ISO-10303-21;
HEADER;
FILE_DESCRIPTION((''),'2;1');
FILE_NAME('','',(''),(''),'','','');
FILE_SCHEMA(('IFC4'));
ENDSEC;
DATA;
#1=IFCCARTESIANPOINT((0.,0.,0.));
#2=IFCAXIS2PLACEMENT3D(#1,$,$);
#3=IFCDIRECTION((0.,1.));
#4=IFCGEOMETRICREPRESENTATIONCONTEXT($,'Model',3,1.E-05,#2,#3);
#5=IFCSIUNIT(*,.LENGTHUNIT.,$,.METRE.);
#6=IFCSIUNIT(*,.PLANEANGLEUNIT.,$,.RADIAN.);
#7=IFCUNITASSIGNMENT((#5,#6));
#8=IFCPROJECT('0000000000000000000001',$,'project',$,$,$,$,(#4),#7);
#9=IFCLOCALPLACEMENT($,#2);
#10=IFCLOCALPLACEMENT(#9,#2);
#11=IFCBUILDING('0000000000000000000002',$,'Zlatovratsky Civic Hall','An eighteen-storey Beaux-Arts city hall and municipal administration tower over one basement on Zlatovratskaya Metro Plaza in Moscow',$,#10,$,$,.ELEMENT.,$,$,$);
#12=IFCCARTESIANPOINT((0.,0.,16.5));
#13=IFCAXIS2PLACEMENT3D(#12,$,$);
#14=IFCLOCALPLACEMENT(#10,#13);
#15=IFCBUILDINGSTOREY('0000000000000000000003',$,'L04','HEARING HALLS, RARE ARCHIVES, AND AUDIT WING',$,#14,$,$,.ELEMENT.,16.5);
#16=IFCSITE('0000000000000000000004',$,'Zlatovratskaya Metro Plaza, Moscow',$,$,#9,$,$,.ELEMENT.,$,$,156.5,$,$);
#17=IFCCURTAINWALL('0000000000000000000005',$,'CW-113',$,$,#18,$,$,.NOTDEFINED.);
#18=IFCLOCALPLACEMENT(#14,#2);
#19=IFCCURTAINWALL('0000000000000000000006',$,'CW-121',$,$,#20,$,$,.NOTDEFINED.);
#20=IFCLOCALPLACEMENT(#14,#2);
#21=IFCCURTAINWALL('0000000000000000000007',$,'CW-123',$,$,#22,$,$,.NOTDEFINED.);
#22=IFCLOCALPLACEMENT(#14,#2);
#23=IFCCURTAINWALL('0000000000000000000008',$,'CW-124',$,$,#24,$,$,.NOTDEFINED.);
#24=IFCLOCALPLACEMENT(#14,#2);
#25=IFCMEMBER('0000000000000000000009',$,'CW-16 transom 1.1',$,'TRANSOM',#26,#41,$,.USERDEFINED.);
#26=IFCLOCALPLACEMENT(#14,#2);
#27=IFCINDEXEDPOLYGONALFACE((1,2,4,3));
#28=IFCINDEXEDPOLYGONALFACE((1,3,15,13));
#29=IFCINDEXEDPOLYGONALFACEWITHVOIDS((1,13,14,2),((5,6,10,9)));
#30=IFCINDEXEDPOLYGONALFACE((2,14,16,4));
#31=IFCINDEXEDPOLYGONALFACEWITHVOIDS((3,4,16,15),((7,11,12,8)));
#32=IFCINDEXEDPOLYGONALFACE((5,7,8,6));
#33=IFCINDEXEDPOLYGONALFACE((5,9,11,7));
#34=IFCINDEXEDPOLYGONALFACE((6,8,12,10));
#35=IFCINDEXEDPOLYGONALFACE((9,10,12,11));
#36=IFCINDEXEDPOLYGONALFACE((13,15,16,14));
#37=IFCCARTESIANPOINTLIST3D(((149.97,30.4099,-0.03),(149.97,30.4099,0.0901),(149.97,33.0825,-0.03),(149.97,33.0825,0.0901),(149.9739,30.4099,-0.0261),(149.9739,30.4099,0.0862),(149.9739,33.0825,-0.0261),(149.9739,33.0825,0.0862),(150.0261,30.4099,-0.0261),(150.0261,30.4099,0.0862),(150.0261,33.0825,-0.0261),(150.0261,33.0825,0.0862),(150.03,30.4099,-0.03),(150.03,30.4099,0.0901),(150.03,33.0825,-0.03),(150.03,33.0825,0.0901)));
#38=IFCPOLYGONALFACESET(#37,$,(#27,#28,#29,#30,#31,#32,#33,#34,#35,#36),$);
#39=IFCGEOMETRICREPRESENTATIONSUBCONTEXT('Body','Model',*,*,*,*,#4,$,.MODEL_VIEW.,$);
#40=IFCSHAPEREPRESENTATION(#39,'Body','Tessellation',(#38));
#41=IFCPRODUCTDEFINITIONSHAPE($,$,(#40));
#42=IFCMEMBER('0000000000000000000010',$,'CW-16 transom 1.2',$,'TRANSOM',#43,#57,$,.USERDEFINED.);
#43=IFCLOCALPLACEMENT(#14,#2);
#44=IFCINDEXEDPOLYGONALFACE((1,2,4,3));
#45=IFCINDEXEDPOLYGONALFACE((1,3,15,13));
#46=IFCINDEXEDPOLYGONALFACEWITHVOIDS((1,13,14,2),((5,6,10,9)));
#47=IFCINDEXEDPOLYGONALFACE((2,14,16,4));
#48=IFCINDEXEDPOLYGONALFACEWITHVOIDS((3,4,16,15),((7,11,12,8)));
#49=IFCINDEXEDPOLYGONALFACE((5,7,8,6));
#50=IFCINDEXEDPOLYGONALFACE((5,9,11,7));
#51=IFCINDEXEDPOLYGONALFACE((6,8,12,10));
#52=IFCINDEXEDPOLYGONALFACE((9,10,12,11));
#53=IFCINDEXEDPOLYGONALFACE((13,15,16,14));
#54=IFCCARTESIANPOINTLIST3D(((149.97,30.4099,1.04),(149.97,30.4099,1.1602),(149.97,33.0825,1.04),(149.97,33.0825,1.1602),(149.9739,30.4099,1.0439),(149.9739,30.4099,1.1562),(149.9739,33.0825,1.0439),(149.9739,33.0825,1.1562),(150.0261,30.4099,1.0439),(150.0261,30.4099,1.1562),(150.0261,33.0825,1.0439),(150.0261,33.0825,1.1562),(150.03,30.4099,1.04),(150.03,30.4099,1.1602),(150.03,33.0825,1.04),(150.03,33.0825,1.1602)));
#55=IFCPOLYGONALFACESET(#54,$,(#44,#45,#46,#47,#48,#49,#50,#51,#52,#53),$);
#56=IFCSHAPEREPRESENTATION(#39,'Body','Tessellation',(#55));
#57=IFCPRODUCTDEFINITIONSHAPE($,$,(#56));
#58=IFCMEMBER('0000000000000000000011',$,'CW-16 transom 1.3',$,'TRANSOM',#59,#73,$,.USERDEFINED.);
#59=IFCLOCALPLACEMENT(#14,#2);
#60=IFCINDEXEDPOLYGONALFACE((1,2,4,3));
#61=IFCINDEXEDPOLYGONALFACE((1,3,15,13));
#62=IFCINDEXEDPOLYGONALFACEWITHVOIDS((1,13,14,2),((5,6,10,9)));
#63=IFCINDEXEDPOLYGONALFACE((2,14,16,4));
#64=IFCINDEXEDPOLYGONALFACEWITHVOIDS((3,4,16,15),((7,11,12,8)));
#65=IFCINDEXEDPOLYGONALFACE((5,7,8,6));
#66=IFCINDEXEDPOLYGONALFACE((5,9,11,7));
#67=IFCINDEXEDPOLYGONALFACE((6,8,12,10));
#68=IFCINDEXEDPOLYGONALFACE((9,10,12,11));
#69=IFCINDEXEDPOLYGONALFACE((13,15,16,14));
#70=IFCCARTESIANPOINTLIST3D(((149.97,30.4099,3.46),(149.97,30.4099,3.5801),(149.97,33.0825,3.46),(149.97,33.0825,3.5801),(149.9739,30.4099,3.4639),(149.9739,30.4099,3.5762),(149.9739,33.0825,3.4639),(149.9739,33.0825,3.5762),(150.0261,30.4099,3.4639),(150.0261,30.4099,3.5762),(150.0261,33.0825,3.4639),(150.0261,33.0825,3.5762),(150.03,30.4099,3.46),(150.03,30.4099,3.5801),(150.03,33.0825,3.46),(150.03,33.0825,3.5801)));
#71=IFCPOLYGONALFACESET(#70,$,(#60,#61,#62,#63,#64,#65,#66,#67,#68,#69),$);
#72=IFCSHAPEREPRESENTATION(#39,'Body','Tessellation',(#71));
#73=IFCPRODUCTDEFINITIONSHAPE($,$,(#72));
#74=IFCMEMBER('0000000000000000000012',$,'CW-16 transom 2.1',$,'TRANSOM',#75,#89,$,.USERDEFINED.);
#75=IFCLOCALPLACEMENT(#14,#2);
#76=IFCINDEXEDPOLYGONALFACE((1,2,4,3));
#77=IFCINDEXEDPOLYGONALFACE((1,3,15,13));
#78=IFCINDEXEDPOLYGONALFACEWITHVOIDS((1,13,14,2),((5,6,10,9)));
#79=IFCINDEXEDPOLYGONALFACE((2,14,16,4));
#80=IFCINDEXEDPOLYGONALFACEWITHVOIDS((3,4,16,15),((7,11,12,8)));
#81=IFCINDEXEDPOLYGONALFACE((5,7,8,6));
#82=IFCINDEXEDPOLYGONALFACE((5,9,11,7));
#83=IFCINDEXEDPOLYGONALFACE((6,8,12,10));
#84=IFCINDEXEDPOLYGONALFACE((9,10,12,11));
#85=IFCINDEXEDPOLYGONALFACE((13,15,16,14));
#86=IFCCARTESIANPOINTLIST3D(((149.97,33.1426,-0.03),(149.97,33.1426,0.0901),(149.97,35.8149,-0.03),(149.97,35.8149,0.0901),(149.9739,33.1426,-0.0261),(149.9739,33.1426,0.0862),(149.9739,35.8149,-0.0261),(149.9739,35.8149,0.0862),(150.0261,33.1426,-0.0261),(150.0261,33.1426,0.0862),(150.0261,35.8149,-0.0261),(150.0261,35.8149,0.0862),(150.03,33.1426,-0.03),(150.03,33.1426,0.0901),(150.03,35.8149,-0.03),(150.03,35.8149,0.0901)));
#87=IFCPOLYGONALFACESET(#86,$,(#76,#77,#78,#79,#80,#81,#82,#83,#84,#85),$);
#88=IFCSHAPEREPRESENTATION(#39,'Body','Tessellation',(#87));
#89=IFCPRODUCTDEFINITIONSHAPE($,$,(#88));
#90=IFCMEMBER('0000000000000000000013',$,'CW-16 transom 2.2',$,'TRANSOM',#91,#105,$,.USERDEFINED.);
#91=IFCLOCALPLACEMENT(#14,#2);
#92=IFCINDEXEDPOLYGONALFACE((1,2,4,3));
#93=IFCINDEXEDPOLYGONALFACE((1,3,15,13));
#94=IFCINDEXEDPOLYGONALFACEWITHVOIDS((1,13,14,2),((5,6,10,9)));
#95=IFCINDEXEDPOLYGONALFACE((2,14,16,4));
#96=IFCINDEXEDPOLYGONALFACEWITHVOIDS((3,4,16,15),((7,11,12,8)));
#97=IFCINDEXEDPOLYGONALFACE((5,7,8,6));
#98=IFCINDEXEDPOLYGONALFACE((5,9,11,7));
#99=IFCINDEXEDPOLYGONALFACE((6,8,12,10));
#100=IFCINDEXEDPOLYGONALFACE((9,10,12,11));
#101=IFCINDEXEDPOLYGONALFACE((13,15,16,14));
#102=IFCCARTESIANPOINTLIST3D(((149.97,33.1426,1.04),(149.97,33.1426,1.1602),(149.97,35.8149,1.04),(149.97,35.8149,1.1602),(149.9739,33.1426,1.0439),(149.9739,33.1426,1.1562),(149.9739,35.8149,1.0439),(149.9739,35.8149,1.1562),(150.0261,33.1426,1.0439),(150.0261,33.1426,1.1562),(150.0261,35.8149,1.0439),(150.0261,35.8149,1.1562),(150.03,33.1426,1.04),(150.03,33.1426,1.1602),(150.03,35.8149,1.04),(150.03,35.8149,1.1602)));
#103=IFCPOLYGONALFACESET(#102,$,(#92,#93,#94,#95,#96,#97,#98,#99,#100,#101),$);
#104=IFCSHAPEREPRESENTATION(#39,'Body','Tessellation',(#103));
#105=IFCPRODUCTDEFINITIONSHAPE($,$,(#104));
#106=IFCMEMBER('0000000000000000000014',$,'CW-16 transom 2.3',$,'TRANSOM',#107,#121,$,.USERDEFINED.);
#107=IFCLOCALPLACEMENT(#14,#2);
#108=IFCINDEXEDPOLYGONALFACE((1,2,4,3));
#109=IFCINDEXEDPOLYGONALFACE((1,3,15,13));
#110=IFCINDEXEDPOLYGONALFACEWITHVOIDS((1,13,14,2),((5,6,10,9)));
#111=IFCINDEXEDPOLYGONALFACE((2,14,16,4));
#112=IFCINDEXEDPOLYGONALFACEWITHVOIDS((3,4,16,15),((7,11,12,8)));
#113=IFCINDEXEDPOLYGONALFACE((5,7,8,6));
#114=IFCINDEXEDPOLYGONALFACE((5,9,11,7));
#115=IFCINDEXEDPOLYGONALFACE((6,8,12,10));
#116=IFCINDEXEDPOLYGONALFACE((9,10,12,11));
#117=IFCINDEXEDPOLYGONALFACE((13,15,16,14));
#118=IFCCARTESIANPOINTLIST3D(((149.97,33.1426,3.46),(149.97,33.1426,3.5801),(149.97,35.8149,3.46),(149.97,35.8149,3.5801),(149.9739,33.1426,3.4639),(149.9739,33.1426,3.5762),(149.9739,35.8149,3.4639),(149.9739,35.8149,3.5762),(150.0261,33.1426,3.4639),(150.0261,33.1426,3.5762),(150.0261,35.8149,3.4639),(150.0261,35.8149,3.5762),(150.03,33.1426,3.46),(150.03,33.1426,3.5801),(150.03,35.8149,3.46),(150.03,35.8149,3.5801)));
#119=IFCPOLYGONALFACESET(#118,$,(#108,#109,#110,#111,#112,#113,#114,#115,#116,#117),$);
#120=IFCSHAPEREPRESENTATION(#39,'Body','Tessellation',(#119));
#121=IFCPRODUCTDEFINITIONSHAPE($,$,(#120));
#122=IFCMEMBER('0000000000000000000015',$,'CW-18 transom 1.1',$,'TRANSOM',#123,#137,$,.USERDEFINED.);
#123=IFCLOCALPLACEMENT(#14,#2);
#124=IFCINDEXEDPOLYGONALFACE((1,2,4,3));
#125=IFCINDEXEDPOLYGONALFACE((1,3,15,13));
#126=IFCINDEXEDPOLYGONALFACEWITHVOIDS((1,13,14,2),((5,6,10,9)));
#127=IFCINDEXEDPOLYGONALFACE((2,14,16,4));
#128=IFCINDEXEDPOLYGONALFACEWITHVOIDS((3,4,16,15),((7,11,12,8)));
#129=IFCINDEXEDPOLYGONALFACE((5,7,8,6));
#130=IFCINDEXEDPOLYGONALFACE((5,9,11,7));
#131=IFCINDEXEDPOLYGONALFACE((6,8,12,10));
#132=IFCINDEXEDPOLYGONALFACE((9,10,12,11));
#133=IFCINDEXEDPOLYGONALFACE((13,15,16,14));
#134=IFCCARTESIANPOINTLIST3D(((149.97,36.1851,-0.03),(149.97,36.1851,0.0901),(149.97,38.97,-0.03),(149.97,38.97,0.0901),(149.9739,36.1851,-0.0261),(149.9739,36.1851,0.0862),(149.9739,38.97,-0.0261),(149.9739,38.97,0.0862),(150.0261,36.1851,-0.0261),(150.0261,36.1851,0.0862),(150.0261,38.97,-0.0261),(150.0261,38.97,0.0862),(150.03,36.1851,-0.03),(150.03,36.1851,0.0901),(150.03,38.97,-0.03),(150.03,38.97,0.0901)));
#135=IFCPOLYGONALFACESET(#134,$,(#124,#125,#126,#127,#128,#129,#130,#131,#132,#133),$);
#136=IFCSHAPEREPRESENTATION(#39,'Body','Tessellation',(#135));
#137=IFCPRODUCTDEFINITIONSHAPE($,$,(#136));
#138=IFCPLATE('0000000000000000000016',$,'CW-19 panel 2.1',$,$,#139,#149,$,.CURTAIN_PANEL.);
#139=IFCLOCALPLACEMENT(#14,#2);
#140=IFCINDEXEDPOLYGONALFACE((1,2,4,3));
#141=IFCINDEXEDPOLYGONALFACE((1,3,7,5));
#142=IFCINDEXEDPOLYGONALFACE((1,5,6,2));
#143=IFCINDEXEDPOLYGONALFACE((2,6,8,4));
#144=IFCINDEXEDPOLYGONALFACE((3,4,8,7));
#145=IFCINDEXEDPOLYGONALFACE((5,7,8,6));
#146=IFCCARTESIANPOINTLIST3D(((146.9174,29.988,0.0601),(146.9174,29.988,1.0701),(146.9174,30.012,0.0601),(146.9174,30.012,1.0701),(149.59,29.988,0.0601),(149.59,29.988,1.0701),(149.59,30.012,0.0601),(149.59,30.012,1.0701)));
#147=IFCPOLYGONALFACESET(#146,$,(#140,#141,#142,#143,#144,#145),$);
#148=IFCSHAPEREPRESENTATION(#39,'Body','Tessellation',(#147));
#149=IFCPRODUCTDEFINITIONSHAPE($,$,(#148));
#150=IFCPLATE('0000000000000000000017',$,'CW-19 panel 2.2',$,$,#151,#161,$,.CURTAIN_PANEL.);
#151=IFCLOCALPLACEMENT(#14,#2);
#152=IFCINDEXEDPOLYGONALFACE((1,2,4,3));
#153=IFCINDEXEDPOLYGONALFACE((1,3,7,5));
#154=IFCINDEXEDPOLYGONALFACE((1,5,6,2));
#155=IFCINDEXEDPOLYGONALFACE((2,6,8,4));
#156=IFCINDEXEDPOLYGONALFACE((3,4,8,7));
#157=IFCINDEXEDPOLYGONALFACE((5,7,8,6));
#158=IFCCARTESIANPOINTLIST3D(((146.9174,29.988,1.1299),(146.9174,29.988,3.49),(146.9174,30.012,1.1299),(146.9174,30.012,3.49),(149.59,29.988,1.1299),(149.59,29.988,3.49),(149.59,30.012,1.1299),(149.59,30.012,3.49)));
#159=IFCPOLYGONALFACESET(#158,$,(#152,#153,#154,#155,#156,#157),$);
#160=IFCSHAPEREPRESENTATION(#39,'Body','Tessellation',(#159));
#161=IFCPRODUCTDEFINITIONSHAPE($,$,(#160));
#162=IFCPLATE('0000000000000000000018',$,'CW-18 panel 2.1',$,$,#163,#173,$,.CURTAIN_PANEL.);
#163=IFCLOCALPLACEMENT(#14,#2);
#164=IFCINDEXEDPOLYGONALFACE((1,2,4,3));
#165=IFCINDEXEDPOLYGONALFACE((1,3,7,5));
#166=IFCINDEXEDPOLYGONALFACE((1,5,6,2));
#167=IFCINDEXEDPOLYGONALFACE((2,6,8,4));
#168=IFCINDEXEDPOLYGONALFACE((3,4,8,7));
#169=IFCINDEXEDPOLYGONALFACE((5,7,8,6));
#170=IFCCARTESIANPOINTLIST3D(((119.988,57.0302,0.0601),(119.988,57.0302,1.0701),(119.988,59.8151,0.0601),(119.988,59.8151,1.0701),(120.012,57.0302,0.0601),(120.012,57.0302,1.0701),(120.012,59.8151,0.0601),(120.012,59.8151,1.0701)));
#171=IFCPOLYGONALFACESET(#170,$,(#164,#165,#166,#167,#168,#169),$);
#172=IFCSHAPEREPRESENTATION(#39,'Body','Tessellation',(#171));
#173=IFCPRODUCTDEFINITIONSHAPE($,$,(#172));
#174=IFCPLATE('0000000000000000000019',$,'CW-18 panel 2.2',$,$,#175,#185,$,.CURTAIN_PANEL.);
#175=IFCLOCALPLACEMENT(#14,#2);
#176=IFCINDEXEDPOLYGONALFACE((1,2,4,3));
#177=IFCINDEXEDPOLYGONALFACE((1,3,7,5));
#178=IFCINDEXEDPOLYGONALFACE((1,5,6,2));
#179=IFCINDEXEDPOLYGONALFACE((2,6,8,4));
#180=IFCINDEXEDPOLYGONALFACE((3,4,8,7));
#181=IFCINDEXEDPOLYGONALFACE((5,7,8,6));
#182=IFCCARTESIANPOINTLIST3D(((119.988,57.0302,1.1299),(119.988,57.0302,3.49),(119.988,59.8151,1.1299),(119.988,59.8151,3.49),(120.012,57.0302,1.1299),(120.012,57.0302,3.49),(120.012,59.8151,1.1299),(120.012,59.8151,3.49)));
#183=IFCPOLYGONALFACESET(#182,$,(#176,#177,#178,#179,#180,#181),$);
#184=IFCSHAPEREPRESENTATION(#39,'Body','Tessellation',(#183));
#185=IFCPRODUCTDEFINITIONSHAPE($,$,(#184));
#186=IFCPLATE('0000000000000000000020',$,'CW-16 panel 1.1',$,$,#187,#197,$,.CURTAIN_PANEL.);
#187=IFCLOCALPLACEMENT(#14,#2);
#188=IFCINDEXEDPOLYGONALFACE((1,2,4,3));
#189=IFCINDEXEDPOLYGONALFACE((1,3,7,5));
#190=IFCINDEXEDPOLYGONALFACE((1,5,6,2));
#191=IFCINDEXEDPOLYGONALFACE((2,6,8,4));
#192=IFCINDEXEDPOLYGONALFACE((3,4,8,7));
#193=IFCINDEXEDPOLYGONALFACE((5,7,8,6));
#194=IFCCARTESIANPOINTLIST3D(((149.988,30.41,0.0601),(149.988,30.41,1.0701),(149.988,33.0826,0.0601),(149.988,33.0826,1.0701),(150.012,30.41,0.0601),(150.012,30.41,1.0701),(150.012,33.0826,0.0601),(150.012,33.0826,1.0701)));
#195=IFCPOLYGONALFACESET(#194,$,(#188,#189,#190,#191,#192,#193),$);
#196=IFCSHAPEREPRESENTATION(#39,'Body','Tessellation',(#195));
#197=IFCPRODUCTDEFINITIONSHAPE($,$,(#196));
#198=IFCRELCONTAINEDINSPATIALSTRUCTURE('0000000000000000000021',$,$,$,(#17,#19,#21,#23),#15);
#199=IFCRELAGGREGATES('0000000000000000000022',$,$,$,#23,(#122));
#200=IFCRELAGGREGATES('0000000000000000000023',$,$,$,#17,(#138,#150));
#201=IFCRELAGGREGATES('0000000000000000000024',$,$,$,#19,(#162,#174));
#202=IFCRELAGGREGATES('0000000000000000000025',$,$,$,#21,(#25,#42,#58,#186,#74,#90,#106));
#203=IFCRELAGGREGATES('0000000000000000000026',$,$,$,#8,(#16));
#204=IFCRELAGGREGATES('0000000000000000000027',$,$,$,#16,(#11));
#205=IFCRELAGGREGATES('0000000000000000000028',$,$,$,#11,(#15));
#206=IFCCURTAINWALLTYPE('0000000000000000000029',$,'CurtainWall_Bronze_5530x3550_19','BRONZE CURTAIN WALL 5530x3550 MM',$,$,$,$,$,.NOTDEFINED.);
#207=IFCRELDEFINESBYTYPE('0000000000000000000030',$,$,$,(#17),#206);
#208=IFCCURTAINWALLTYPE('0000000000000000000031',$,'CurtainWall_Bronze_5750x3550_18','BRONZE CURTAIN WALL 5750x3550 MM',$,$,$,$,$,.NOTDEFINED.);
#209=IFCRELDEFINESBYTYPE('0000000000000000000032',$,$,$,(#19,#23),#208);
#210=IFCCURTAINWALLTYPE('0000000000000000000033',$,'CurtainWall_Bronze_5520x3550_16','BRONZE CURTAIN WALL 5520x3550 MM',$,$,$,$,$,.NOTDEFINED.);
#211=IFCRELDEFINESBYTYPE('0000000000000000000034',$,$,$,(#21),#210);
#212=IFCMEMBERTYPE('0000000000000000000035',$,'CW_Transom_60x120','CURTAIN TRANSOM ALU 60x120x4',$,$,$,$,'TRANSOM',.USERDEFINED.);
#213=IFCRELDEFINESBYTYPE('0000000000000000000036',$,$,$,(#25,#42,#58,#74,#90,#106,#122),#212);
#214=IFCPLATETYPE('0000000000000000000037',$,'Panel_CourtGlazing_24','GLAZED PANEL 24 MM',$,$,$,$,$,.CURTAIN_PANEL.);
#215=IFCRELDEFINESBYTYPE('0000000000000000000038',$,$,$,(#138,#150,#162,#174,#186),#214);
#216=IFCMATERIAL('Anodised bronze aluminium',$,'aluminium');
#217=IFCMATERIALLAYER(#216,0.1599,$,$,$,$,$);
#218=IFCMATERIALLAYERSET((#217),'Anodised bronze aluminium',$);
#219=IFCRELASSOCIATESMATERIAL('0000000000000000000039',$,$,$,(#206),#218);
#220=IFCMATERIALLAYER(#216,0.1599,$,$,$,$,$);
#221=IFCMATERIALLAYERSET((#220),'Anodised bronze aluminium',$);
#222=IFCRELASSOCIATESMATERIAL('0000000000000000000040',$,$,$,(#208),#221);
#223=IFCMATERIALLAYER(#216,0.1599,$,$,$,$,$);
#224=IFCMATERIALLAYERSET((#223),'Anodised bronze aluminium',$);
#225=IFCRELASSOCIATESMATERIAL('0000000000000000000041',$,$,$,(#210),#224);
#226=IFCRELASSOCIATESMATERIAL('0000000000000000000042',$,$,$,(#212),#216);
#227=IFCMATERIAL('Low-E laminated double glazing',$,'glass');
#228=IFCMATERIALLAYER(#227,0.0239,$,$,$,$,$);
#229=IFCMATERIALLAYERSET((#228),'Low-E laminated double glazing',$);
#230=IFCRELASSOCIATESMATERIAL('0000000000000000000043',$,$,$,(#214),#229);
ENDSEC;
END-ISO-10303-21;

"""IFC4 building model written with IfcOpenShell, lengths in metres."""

from ifc_helpers import new_model, si_unit, direction, frame, origin, origin_2d, place, context, subcontext, project, spatial, rectangle, hollow_rectangle, extrude, material, layer, layer_set, material_profile, profile_set, type_object, element, aggregate, save


model = new_model("IFC4")

# Units and contexts
model_context = context("Model", 3, precision=1e-05, world=origin(), true_north=direction((0.0, 1.0)))
body_context = subcontext(model_context, "Body", "Model", "MODEL_VIEW")
ifc_project = project(units=[si_unit("LENGTHUNIT", "METRE"), si_unit("PLANEANGLEUNIT", "RADIAN")], contexts=[model_context])

# Site, building, storey
site_placement = place(None, origin())
site = spatial("IfcSite", under=ifc_project, at=site_placement, Name="Zlatovratskaya Metro Plaza, Moscow", CompositionType="ELEMENT", RefElevation=156.5)
building_placement = place(site_placement, origin())
building = spatial("IfcBuilding", under=site, at=building_placement, Name="Zlatovratsky Civic Hall", Description="An eighteen-storey Beaux-Arts city hall and municipal administration tower over one basement on Zlatovratskaya Metro Plaza in Moscow", CompositionType="ELEMENT")
storey_placement = place(building_placement, frame((0.0, 0.0, 16.5)))
storey = spatial("IfcBuildingStorey", under=building, at=storey_placement, Name="L04", Description="HEARING HALLS, RARE ARCHIVES, AND AUDIT WING", CompositionType="ELEMENT", Elevation=16.5)

# Curtain walls
ifc_material_1 = material(Name="Anodised bronze aluminium", Category="aluminium")
ifc_layer_1 = layer(ifc_material_1, 0.1599)
ifc_layer_set_1 = layer_set([ifc_layer_1], Name="Anodised bronze aluminium")
curtain_wall_type_1 = type_object("IfcCurtainWallType", Name="CurtainWall_Bronze_5530x3550_19", Description="BRONZE CURTAIN WALL 5530x3550 MM", PredefinedType="NOTDEFINED", material=ifc_layer_set_1)
curtain_wall_1_placement = place(storey_placement, origin())
curtain_wall_1 = element("IfcCurtainWall", 1, at=curtain_wall_1_placement, inside=storey, type_object=curtain_wall_type_1, Name="CW-113", PredefinedType="NOTDEFINED")
ifc_layer_2 = layer(ifc_material_1, 0.1599)
ifc_layer_set_2 = layer_set([ifc_layer_2], Name="Anodised bronze aluminium")
curtain_wall_type_2 = type_object("IfcCurtainWallType", Name="CurtainWall_Bronze_5750x3550_18", Description="BRONZE CURTAIN WALL 5750x3550 MM", PredefinedType="NOTDEFINED", material=ifc_layer_set_2)
curtain_wall_2_placement = place(storey_placement, origin())
curtain_wall_2 = element("IfcCurtainWall", 2, at=curtain_wall_2_placement, inside=storey, type_object=curtain_wall_type_2, Name="CW-121", PredefinedType="NOTDEFINED")

# Curtain wall
ifc_layer_3 = layer(ifc_material_1, 0.1599)
ifc_layer_set_3 = layer_set([ifc_layer_3], Name="Anodised bronze aluminium")
curtain_wall_type_3 = type_object("IfcCurtainWallType", Name="CurtainWall_Bronze_5520x3550_16", Description="BRONZE CURTAIN WALL 5520x3550 MM", PredefinedType="NOTDEFINED", material=ifc_layer_set_3)
curtain_wall_3_placement = place(storey_placement, origin())
curtain_wall_3 = element("IfcCurtainWall", 3, at=curtain_wall_3_placement, inside=storey, type_object=curtain_wall_type_3, Name="CW-123", PredefinedType="NOTDEFINED")

# Curtain wall
curtain_wall_4_placement = place(storey_placement, origin())
curtain_wall_4 = element("IfcCurtainWall", 4, at=curtain_wall_4_placement, inside=storey, type_object=curtain_wall_type_2, Name="CW-124", PredefinedType="NOTDEFINED")

# Members
ifc_material_profile_1 = material_profile(ifc_material_1, hollow_rectangle(XDim=0.0601, YDim=0.1201, WallThickness=0.0039, at=origin_2d()), Name="ALU 60x120x4")
ifc_profile_set_1 = profile_set([ifc_material_profile_1], Name="Anodised bronze aluminium")
member_type_1 = type_object("IfcMemberType", Name="CW_Transom_60x120", Description="CURTAIN TRANSOM ALU 60x120x4", ElementType="TRANSOM", PredefinedType="USERDEFINED", material=ifc_profile_set_1)
member_1_placement = place(storey_placement, frame((150.0, 30.4099, 0.03), z_axis=(0.0, 1.0, 0.0), x_axis=(-1.0, 0.0, 0.0)))
member_1 = element("IfcMember", 5, at=member_1_placement, type_object=member_type_1, Name="CW-16 transom 1.1", ObjectType="TRANSOM", PredefinedType="USERDEFINED", context=body_context, shape_type="SweptSolid", body=[
    extrude(hollow_rectangle(XDim=0.0601, YDim=0.1201, WallThickness=0.0039, at=origin_2d()), origin(), (0.0, 0.0, 1.0), 2.6726),
])
member_2_placement = place(storey_placement, frame((150.0, 30.4099, 1.1001), z_axis=(0.0, 1.0, 0.0), x_axis=(-1.0, 0.0, 0.0)))
member_2 = element("IfcMember", 6, at=member_2_placement, type_object=member_type_1, Name="CW-16 transom 1.2", ObjectType="TRANSOM", PredefinedType="USERDEFINED", context=body_context, shape_type="SweptSolid", body=[
    extrude(hollow_rectangle(XDim=0.0601, YDim=0.1201, WallThickness=0.0039, at=origin_2d()), origin(), (0.0, 0.0, 1.0), 2.6726),
])
member_3_placement = place(storey_placement, frame((150.0, 30.4099, 3.52), z_axis=(0.0, 1.0, 0.0), x_axis=(-1.0, 0.0, 0.0)))
member_3 = element("IfcMember", 7, at=member_3_placement, type_object=member_type_1, Name="CW-16 transom 1.3", ObjectType="TRANSOM", PredefinedType="USERDEFINED", context=body_context, shape_type="SweptSolid", body=[
    extrude(hollow_rectangle(XDim=0.0601, YDim=0.1201, WallThickness=0.0039, at=origin_2d()), origin(), (0.0, 0.0, 1.0), 2.6726),
])
member_4_placement = place(storey_placement, frame((150.0, 33.1426, 0.03), z_axis=(0.0, 1.0, 0.0), x_axis=(-1.0, 0.0, 0.0)))
member_4 = element("IfcMember", 8, at=member_4_placement, type_object=member_type_1, Name="CW-16 transom 2.1", ObjectType="TRANSOM", PredefinedType="USERDEFINED", context=body_context, shape_type="SweptSolid", body=[
    extrude(hollow_rectangle(XDim=0.0601, YDim=0.1201, WallThickness=0.0039, at=origin_2d()), origin(), (0.0, 0.0, 1.0), 2.6724),
])
member_5_placement = place(storey_placement, frame((150.0, 33.1426, 1.1001), z_axis=(0.0, 1.0, 0.0), x_axis=(-1.0, 0.0, 0.0)))
member_5 = element("IfcMember", 9, at=member_5_placement, type_object=member_type_1, Name="CW-16 transom 2.2", ObjectType="TRANSOM", PredefinedType="USERDEFINED", context=body_context, shape_type="SweptSolid", body=[
    extrude(hollow_rectangle(XDim=0.0601, YDim=0.1201, WallThickness=0.0039, at=origin_2d()), origin(), (0.0, 0.0, 1.0), 2.6724),
])
member_6_placement = place(storey_placement, frame((150.0, 33.1426, 3.52), z_axis=(0.0, 1.0, 0.0), x_axis=(-1.0, 0.0, 0.0)))
member_6 = element("IfcMember", 10, at=member_6_placement, type_object=member_type_1, Name="CW-16 transom 2.3", ObjectType="TRANSOM", PredefinedType="USERDEFINED", context=body_context, shape_type="SweptSolid", body=[
    extrude(hollow_rectangle(XDim=0.0601, YDim=0.1201, WallThickness=0.0039, at=origin_2d()), origin(), (0.0, 0.0, 1.0), 2.6724),
])
member_7_placement = place(storey_placement, frame((150.0, 36.1851, 0.03), z_axis=(0.0, 1.0, 0.0), x_axis=(-1.0, 0.0, 0.0)))
member_7 = element("IfcMember", 11, at=member_7_placement, type_object=member_type_1, Name="CW-18 transom 1.1", ObjectType="TRANSOM", PredefinedType="USERDEFINED", context=body_context, shape_type="SweptSolid", body=[
    extrude(hollow_rectangle(XDim=0.0601, YDim=0.1201, WallThickness=0.0039, at=origin_2d()), origin(), (0.0, 0.0, 1.0), 2.7849),
])
aggregate(curtain_wall_4, [member_7])

# Plates
ifc_material_2 = material(Name="Low-E laminated double glazing", Category="glass")
ifc_layer_4 = layer(ifc_material_2, 0.0239)
ifc_layer_set_4 = layer_set([ifc_layer_4], Name="Low-E laminated double glazing")
plate_type = type_object("IfcPlateType", Name="Panel_CourtGlazing_24", Description="GLAZED PANEL 24 MM", PredefinedType="CURTAIN_PANEL", material=ifc_layer_set_4)
plate_1_placement = place(storey_placement, frame((148.2537, 30.0, 0.0601), z_axis=(0.0, 0.0, 1.0), x_axis=(1.0, 0.0, 0.0)))
plate_1 = element("IfcPlate", 12, at=plate_1_placement, type_object=plate_type, Name="CW-19 panel 2.1", PredefinedType="CURTAIN_PANEL", context=body_context, shape_type="SweptSolid", body=[
    extrude(rectangle(XDim=2.6726, YDim=0.0239, at=origin_2d()), origin(), (0.0, 0.0, 1.0), 1.01),
])
plate_2_placement = place(storey_placement, frame((148.2537, 30.0, 1.1299), z_axis=(0.0, 0.0, 1.0), x_axis=(1.0, 0.0, 0.0)))
plate_2 = element("IfcPlate", 13, at=plate_2_placement, type_object=plate_type, Name="CW-19 panel 2.2", PredefinedType="CURTAIN_PANEL", context=body_context, shape_type="SweptSolid", body=[
    extrude(rectangle(XDim=2.6726, YDim=0.0239, at=origin_2d()), origin(), (0.0, 0.0, 1.0), 2.3601),
])
aggregate(curtain_wall_1, [plate_1, plate_2])
plate_3_placement = place(storey_placement, frame((120.0, 58.4226, 0.0601), z_axis=(0.0, 0.0, 1.0), x_axis=(0.0, 1.0, 0.0)))
plate_3 = element("IfcPlate", 14, at=plate_3_placement, type_object=plate_type, Name="CW-18 panel 2.1", PredefinedType="CURTAIN_PANEL", context=body_context, shape_type="SweptSolid", body=[
    extrude(rectangle(XDim=2.7849, YDim=0.0239, at=origin_2d()), origin(), (0.0, 0.0, 1.0), 1.01),
])
plate_4_placement = place(storey_placement, frame((120.0, 58.4226, 1.1299), z_axis=(0.0, 0.0, 1.0), x_axis=(0.0, 1.0, 0.0)))
plate_4 = element("IfcPlate", 15, at=plate_4_placement, type_object=plate_type, Name="CW-18 panel 2.2", PredefinedType="CURTAIN_PANEL", context=body_context, shape_type="SweptSolid", body=[
    extrude(rectangle(XDim=2.7849, YDim=0.0239, at=origin_2d()), origin(), (0.0, 0.0, 1.0), 2.3601),
])
aggregate(curtain_wall_2, [plate_3, plate_4])
plate_5_placement = place(storey_placement, frame((150.0, 31.7463, 0.0601), z_axis=(0.0, 0.0, 1.0), x_axis=(0.0, 1.0, 0.0)))
plate_5 = element("IfcPlate", 16, at=plate_5_placement, type_object=plate_type, Name="CW-16 panel 1.1", PredefinedType="CURTAIN_PANEL", context=body_context, shape_type="SweptSolid", body=[
    extrude(rectangle(XDim=2.6726, YDim=0.0239, at=origin_2d()), origin(), (0.0, 0.0, 1.0), 1.01),
])
aggregate(curtain_wall_3, [member_1, member_2, member_3, plate_5, member_4, member_5, member_6])

save(model, "model.ifc")
